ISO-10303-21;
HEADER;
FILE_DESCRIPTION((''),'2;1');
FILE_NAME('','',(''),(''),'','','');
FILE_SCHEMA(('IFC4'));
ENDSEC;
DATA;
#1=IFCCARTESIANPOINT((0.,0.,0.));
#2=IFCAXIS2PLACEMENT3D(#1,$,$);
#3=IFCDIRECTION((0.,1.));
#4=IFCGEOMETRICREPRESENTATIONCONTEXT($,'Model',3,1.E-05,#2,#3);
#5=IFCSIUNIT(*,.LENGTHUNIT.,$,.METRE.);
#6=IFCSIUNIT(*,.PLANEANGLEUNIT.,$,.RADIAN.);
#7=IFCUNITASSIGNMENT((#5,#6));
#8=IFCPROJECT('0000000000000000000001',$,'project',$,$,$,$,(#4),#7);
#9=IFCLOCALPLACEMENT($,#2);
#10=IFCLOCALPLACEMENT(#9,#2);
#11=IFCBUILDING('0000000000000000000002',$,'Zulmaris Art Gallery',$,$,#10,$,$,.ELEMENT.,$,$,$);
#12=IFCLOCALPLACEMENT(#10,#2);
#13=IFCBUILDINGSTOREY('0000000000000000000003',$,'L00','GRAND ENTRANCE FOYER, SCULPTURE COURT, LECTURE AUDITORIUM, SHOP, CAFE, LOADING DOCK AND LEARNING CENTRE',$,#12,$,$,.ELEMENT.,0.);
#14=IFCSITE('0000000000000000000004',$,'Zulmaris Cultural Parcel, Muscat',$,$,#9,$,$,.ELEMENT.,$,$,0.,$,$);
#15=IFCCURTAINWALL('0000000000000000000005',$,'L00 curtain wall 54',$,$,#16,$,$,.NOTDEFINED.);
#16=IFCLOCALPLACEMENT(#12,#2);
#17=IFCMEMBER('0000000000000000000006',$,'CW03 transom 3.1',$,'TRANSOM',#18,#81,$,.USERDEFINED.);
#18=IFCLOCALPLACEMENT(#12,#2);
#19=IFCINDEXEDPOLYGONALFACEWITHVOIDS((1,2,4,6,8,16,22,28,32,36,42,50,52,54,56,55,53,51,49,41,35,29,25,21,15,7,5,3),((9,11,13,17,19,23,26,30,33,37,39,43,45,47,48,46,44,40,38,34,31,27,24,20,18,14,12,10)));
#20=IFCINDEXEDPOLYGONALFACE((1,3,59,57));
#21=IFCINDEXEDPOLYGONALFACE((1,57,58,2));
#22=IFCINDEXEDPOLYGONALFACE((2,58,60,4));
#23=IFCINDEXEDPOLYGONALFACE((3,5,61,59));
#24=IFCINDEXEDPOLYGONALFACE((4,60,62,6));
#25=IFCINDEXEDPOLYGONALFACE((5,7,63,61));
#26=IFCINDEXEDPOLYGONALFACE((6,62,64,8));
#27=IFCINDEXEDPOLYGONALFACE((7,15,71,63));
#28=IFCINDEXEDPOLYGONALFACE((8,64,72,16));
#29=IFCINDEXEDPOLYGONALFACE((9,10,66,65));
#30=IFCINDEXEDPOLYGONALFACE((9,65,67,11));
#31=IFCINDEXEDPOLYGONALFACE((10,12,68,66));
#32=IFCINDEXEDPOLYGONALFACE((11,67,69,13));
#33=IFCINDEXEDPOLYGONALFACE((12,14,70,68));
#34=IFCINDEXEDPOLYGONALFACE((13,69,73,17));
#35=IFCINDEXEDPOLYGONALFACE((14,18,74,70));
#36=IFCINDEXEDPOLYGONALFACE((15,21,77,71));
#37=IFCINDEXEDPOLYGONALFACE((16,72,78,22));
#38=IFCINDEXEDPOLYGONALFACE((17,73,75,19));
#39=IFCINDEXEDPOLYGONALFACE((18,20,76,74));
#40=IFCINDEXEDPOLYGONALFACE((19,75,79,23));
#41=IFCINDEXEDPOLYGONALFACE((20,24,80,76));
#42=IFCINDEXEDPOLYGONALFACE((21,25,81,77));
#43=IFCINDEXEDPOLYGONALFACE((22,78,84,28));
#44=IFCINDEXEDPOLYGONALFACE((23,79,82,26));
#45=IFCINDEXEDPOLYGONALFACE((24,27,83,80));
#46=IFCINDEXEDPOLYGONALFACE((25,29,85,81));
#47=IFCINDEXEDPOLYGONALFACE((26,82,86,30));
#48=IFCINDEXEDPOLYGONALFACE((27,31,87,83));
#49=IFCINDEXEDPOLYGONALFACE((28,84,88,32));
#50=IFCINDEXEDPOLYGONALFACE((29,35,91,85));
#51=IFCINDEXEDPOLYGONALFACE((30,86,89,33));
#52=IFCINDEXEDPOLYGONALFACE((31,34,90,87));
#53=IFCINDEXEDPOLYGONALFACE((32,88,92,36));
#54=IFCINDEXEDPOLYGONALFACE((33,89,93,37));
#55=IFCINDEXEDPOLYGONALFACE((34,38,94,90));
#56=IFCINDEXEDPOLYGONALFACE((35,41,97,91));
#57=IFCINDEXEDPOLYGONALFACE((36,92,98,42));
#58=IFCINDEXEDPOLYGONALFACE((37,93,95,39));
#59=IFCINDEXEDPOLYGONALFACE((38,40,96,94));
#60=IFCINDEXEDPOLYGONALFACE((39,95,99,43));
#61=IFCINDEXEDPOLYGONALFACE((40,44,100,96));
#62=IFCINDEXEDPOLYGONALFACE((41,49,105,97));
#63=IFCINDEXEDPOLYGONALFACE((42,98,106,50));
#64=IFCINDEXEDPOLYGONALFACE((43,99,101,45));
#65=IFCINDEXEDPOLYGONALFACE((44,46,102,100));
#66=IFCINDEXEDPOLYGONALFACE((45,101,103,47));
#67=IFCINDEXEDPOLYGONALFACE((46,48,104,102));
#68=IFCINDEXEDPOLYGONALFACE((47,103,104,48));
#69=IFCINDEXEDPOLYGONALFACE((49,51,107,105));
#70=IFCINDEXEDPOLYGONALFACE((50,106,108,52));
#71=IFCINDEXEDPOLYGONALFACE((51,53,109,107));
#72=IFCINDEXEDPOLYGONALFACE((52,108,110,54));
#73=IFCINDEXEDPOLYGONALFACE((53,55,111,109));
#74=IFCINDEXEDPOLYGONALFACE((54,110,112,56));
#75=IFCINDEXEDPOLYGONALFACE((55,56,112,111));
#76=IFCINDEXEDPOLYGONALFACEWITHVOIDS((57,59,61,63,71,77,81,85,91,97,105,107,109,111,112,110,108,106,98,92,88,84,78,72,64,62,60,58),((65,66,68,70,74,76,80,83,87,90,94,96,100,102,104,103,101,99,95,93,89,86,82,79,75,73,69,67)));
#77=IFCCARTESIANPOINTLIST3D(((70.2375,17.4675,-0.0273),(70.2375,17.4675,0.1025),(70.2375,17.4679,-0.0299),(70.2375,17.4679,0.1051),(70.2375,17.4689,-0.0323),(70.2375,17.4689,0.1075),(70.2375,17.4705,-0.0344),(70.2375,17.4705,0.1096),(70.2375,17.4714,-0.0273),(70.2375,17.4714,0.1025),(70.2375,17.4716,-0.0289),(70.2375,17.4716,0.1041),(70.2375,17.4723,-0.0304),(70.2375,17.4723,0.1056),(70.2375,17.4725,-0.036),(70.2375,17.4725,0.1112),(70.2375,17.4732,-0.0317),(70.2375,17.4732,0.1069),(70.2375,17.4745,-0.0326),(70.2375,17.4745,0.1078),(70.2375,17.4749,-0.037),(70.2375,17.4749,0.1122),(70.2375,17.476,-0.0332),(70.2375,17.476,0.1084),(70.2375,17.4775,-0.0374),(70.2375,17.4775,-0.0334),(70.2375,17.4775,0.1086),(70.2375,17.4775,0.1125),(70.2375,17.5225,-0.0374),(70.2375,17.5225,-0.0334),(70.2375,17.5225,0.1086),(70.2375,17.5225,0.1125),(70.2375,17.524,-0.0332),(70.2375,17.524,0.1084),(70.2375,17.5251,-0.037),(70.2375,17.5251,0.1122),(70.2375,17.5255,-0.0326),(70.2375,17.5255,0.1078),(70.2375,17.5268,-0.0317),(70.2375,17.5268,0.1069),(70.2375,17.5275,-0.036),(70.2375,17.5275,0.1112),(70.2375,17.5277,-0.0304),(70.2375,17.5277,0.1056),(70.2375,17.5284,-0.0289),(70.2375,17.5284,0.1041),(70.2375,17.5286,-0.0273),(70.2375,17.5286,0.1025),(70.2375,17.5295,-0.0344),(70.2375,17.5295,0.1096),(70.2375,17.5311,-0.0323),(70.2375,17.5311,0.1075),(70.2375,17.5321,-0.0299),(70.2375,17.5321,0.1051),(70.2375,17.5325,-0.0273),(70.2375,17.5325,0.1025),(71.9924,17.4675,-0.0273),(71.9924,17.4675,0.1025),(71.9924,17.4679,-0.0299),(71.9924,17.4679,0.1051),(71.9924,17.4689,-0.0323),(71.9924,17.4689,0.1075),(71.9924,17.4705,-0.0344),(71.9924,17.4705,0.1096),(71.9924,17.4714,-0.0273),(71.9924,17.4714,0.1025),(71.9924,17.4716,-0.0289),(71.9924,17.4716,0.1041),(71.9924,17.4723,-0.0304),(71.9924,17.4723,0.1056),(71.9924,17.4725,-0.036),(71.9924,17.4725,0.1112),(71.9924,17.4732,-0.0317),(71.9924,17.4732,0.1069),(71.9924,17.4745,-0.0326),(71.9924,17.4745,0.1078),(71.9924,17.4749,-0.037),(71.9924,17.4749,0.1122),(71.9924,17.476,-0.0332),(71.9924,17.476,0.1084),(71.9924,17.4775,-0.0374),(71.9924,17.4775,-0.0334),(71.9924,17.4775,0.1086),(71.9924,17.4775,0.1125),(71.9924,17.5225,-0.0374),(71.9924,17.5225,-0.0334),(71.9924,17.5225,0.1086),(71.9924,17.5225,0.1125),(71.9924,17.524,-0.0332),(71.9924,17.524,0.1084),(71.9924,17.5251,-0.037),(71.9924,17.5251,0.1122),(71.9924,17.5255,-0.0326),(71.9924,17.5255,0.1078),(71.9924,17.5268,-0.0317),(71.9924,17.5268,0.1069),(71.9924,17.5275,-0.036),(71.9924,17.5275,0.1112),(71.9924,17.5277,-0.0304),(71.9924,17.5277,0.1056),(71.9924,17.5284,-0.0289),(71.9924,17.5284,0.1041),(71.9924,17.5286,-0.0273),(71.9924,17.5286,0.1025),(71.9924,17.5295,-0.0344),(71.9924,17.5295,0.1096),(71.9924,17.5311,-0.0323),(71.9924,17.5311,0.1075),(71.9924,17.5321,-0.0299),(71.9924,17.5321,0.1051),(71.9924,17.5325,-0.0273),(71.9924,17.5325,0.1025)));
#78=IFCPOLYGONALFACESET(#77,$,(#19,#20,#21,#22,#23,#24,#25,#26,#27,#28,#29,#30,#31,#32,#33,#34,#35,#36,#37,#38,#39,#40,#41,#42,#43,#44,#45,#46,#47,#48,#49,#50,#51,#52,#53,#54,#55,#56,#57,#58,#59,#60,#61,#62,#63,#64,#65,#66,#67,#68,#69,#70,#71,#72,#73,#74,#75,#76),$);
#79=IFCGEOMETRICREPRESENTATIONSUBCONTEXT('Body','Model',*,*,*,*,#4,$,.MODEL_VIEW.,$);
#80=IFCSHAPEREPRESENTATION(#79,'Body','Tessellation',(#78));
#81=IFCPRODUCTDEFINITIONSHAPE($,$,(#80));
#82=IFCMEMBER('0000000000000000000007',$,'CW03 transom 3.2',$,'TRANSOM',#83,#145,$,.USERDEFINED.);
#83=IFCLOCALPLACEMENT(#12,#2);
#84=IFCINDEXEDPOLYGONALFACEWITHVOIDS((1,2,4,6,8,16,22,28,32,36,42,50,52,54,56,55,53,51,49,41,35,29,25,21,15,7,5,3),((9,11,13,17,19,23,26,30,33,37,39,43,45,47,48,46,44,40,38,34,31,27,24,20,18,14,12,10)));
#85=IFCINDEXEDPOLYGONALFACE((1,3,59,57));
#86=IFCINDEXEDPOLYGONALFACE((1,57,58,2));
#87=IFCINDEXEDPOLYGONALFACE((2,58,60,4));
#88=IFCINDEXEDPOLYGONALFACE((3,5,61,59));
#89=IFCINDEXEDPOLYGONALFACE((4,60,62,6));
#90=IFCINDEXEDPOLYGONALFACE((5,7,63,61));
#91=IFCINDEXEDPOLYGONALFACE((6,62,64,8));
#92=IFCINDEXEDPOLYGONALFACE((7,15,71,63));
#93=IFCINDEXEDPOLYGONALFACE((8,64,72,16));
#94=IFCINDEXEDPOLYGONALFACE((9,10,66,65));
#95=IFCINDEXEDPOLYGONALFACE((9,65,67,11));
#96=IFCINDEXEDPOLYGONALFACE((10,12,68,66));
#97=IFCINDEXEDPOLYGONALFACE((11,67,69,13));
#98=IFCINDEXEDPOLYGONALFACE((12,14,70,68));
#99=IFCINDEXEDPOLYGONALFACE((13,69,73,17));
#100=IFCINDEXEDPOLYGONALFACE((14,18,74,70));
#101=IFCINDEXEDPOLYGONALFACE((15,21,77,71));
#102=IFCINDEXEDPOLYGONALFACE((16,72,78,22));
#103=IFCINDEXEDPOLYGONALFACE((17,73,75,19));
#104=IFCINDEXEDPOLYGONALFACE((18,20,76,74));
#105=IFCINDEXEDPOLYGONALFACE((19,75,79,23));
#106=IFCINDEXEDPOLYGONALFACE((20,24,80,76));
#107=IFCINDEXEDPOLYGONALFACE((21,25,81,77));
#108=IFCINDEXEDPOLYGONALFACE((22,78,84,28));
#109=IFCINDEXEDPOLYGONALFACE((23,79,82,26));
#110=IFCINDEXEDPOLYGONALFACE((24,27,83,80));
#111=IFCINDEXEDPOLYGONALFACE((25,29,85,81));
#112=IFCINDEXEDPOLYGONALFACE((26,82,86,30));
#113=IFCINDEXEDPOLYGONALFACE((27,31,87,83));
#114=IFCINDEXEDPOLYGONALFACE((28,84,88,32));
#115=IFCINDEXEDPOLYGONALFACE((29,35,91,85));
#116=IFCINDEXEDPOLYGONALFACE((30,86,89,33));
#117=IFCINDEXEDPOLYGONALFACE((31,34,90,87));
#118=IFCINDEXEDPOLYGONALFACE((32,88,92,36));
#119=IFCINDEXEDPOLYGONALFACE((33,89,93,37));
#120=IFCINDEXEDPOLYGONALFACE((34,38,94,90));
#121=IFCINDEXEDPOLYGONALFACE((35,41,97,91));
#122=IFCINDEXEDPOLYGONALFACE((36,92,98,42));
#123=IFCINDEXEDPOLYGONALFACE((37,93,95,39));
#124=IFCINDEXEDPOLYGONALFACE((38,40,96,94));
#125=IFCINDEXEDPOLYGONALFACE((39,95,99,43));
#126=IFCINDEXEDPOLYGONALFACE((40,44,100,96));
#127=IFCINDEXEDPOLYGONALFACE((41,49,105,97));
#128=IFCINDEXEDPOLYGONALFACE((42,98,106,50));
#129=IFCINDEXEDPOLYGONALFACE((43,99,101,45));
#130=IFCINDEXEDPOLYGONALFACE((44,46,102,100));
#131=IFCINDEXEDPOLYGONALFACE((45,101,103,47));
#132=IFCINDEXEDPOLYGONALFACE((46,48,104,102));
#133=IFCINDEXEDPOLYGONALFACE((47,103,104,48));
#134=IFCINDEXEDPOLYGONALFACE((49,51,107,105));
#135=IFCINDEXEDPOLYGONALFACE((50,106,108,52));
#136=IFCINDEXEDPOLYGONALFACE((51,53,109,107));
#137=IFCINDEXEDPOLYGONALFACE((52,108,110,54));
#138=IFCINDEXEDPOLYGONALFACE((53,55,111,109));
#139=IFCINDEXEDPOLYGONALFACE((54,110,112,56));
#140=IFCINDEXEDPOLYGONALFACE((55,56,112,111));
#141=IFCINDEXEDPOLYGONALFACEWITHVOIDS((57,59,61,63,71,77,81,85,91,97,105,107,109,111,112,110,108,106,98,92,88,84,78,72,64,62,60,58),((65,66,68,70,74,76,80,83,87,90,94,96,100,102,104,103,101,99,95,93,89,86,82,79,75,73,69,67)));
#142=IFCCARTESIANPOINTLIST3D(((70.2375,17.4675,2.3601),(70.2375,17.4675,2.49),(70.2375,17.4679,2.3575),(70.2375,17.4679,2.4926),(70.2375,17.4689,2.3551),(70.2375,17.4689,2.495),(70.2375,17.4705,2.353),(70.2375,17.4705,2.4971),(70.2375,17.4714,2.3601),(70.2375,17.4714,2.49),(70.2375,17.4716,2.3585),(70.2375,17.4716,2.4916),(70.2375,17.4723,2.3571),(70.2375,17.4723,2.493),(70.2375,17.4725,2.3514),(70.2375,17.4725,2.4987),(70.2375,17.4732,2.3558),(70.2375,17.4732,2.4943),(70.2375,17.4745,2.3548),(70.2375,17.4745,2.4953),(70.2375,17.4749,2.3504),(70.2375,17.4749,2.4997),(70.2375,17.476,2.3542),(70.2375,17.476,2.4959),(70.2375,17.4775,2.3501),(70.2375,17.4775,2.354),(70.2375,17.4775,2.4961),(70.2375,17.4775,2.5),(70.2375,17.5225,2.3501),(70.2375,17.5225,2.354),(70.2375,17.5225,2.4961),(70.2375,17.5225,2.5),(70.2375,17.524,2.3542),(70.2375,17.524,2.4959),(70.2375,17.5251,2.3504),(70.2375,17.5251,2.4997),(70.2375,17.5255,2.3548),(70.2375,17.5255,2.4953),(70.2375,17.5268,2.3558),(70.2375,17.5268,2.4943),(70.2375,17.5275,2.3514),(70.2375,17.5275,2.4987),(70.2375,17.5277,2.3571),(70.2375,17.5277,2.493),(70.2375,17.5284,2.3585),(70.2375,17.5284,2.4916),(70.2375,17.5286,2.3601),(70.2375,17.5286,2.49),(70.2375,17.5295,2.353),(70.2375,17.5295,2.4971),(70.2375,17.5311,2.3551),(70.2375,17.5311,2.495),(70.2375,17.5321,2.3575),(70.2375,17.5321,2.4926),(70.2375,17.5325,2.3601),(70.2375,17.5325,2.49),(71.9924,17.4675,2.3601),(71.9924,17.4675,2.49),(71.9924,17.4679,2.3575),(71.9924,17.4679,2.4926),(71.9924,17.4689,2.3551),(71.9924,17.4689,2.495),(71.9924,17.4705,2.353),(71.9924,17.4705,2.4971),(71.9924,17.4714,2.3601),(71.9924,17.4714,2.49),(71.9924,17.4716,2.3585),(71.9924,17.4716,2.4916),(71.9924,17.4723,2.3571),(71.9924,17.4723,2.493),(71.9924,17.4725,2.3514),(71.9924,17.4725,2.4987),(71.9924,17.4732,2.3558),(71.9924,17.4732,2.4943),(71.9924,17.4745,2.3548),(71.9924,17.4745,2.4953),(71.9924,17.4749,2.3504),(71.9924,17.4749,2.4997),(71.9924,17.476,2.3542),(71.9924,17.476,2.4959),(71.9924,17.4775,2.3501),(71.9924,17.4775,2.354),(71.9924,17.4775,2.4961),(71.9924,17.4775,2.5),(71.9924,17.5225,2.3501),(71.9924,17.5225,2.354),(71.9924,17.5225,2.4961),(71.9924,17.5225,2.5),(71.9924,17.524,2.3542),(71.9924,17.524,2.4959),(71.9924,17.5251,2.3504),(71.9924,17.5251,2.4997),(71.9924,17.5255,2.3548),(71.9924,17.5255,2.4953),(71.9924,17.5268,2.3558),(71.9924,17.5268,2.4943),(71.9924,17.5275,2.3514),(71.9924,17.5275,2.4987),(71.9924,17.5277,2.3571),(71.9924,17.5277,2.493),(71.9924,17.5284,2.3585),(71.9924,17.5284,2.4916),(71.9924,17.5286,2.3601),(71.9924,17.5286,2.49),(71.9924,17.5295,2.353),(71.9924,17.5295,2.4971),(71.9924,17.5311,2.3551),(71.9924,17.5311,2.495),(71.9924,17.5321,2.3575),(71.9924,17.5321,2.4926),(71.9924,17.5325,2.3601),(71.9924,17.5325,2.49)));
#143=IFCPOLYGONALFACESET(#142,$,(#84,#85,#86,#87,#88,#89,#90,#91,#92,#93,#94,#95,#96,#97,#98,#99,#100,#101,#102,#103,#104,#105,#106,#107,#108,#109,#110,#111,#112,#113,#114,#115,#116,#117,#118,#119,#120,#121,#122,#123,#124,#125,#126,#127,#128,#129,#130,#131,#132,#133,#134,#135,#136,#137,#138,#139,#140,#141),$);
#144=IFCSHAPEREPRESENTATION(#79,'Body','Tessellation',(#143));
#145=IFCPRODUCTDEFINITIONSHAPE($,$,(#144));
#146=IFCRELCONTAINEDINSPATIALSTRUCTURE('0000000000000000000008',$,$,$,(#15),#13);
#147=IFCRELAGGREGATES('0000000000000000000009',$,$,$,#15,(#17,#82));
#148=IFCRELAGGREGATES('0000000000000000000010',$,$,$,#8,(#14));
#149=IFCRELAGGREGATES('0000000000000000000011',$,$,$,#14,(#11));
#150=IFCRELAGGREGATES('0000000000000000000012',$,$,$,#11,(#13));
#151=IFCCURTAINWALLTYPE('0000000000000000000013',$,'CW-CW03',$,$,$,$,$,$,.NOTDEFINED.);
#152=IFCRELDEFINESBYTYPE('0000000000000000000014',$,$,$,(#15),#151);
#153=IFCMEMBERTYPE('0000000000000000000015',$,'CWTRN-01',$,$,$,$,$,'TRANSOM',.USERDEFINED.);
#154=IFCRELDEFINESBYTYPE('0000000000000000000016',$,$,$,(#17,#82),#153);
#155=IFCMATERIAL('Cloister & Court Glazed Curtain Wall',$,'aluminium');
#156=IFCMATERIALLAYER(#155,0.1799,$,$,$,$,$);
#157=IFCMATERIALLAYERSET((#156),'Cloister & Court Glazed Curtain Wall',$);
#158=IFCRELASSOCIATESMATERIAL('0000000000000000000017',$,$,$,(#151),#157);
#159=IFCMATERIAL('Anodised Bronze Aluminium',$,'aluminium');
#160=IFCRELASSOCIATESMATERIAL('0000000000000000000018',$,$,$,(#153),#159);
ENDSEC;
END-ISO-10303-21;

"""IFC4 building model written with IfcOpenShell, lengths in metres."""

from ifc_helpers import new_model, si_unit, direction, frame, origin, origin_2d, place, context, subcontext, project, spatial, hollow_rectangle, extrude, material, layer, layer_set, material_profile, profile_set, type_object, element, aggregate, save


model = new_model("IFC4")

# Units and contexts
model_context = context("Model", 3, precision=1e-05, world=origin(), true_north=direction((0.0, 1.0)))
body_context = subcontext(model_context, "Body", "Model", "MODEL_VIEW")
ifc_project = project(units=[si_unit("LENGTHUNIT", "METRE"), si_unit("PLANEANGLEUNIT", "RADIAN")], contexts=[model_context])

# Site, building, storey
site_placement = place(None, origin())
site = spatial("IfcSite", under=ifc_project, at=site_placement, Name="Zulmaris Cultural Parcel, Muscat", CompositionType="ELEMENT", RefElevation=0.0)
building_placement = place(site_placement, origin())
building = spatial("IfcBuilding", under=site, at=building_placement, Name="Zulmaris Art Gallery", CompositionType="ELEMENT")
storey_placement = place(building_placement, origin())
storey = spatial("IfcBuildingStorey", under=building, at=storey_placement, Name="L00", Description="GRAND ENTRANCE FOYER, SCULPTURE COURT, LECTURE AUDITORIUM, SHOP, CAFE, LOADING DOCK AND LEARNING CENTRE", CompositionType="ELEMENT", Elevation=0.0)

# Curtain wall, members
ifc_material_1 = material(Name="Cloister & Court Glazed Curtain Wall", Category="aluminium")
ifc_layer_1 = layer(ifc_material_1, 0.1799)
ifc_layer_set_1 = layer_set([ifc_layer_1], Name="Cloister & Court Glazed Curtain Wall")
curtain_wall_type = type_object("IfcCurtainWallType", Name="CW-CW03", PredefinedType="NOTDEFINED", material=ifc_layer_set_1)
curtain_wall_placement = place(storey_placement, origin())
curtain_wall = element("IfcCurtainWall", 1, at=curtain_wall_placement, inside=storey, type_object=curtain_wall_type, Name="L00 curtain wall 54", PredefinedType="NOTDEFINED")
ifc_material_2 = material(Name="Anodised Bronze Aluminium", Category="aluminium")
ifc_material_profile_1 = material_profile(ifc_material_2, hollow_rectangle(XDim=0.0649, YDim=0.1499, WallThickness=0.0039, InnerFilletRadius=0.0061, OuterFilletRadius=0.01, at=origin_2d()), Name="ALU 65x150x4")
ifc_profile_set_1 = profile_set([ifc_material_profile_1], Name="Anodised Bronze Aluminium")
member_type_1 = type_object("IfcMemberType", Name="CWTRN-01", ElementType="TRANSOM", PredefinedType="USERDEFINED", material=ifc_profile_set_1)
member_1_placement = place(storey_placement, frame((70.2375, 17.5, 0.0376), z_axis=(1.0, 0.0, 0.0), x_axis=(0.0, 1.0, 0.0)))
member_1 = element("IfcMember", 2, at=member_1_placement, type_object=member_type_1, Name="CW03 transom 3.1", ObjectType="TRANSOM", PredefinedType="USERDEFINED", context=body_context, shape_type="SweptSolid", body=[
    extrude(hollow_rectangle(XDim=0.0649, YDim=0.1499, WallThickness=0.0039, InnerFilletRadius=0.0061, OuterFilletRadius=0.01, at=origin_2d()), origin(), (0.0, 0.0, 1.0), 1.7549),
])
member_2_placement = place(storey_placement, frame((70.2375, 17.5, 2.425), z_axis=(1.0, 0.0, 0.0), x_axis=(0.0, 1.0, 0.0)))
member_2 = element("IfcMember", 3, at=member_2_placement, type_object=member_type_1, Name="CW03 transom 3.2", ObjectType="TRANSOM", PredefinedType="USERDEFINED", context=body_context, shape_type="SweptSolid", body=[
    extrude(hollow_rectangle(XDim=0.0649, YDim=0.1499, WallThickness=0.0039, InnerFilletRadius=0.0061, OuterFilletRadius=0.01, at=origin_2d()), origin(), (0.0, 0.0, 1.0), 1.7549),
])
aggregate(curtain_wall, [member_1, member_2])

save(model, "model.ifc")
